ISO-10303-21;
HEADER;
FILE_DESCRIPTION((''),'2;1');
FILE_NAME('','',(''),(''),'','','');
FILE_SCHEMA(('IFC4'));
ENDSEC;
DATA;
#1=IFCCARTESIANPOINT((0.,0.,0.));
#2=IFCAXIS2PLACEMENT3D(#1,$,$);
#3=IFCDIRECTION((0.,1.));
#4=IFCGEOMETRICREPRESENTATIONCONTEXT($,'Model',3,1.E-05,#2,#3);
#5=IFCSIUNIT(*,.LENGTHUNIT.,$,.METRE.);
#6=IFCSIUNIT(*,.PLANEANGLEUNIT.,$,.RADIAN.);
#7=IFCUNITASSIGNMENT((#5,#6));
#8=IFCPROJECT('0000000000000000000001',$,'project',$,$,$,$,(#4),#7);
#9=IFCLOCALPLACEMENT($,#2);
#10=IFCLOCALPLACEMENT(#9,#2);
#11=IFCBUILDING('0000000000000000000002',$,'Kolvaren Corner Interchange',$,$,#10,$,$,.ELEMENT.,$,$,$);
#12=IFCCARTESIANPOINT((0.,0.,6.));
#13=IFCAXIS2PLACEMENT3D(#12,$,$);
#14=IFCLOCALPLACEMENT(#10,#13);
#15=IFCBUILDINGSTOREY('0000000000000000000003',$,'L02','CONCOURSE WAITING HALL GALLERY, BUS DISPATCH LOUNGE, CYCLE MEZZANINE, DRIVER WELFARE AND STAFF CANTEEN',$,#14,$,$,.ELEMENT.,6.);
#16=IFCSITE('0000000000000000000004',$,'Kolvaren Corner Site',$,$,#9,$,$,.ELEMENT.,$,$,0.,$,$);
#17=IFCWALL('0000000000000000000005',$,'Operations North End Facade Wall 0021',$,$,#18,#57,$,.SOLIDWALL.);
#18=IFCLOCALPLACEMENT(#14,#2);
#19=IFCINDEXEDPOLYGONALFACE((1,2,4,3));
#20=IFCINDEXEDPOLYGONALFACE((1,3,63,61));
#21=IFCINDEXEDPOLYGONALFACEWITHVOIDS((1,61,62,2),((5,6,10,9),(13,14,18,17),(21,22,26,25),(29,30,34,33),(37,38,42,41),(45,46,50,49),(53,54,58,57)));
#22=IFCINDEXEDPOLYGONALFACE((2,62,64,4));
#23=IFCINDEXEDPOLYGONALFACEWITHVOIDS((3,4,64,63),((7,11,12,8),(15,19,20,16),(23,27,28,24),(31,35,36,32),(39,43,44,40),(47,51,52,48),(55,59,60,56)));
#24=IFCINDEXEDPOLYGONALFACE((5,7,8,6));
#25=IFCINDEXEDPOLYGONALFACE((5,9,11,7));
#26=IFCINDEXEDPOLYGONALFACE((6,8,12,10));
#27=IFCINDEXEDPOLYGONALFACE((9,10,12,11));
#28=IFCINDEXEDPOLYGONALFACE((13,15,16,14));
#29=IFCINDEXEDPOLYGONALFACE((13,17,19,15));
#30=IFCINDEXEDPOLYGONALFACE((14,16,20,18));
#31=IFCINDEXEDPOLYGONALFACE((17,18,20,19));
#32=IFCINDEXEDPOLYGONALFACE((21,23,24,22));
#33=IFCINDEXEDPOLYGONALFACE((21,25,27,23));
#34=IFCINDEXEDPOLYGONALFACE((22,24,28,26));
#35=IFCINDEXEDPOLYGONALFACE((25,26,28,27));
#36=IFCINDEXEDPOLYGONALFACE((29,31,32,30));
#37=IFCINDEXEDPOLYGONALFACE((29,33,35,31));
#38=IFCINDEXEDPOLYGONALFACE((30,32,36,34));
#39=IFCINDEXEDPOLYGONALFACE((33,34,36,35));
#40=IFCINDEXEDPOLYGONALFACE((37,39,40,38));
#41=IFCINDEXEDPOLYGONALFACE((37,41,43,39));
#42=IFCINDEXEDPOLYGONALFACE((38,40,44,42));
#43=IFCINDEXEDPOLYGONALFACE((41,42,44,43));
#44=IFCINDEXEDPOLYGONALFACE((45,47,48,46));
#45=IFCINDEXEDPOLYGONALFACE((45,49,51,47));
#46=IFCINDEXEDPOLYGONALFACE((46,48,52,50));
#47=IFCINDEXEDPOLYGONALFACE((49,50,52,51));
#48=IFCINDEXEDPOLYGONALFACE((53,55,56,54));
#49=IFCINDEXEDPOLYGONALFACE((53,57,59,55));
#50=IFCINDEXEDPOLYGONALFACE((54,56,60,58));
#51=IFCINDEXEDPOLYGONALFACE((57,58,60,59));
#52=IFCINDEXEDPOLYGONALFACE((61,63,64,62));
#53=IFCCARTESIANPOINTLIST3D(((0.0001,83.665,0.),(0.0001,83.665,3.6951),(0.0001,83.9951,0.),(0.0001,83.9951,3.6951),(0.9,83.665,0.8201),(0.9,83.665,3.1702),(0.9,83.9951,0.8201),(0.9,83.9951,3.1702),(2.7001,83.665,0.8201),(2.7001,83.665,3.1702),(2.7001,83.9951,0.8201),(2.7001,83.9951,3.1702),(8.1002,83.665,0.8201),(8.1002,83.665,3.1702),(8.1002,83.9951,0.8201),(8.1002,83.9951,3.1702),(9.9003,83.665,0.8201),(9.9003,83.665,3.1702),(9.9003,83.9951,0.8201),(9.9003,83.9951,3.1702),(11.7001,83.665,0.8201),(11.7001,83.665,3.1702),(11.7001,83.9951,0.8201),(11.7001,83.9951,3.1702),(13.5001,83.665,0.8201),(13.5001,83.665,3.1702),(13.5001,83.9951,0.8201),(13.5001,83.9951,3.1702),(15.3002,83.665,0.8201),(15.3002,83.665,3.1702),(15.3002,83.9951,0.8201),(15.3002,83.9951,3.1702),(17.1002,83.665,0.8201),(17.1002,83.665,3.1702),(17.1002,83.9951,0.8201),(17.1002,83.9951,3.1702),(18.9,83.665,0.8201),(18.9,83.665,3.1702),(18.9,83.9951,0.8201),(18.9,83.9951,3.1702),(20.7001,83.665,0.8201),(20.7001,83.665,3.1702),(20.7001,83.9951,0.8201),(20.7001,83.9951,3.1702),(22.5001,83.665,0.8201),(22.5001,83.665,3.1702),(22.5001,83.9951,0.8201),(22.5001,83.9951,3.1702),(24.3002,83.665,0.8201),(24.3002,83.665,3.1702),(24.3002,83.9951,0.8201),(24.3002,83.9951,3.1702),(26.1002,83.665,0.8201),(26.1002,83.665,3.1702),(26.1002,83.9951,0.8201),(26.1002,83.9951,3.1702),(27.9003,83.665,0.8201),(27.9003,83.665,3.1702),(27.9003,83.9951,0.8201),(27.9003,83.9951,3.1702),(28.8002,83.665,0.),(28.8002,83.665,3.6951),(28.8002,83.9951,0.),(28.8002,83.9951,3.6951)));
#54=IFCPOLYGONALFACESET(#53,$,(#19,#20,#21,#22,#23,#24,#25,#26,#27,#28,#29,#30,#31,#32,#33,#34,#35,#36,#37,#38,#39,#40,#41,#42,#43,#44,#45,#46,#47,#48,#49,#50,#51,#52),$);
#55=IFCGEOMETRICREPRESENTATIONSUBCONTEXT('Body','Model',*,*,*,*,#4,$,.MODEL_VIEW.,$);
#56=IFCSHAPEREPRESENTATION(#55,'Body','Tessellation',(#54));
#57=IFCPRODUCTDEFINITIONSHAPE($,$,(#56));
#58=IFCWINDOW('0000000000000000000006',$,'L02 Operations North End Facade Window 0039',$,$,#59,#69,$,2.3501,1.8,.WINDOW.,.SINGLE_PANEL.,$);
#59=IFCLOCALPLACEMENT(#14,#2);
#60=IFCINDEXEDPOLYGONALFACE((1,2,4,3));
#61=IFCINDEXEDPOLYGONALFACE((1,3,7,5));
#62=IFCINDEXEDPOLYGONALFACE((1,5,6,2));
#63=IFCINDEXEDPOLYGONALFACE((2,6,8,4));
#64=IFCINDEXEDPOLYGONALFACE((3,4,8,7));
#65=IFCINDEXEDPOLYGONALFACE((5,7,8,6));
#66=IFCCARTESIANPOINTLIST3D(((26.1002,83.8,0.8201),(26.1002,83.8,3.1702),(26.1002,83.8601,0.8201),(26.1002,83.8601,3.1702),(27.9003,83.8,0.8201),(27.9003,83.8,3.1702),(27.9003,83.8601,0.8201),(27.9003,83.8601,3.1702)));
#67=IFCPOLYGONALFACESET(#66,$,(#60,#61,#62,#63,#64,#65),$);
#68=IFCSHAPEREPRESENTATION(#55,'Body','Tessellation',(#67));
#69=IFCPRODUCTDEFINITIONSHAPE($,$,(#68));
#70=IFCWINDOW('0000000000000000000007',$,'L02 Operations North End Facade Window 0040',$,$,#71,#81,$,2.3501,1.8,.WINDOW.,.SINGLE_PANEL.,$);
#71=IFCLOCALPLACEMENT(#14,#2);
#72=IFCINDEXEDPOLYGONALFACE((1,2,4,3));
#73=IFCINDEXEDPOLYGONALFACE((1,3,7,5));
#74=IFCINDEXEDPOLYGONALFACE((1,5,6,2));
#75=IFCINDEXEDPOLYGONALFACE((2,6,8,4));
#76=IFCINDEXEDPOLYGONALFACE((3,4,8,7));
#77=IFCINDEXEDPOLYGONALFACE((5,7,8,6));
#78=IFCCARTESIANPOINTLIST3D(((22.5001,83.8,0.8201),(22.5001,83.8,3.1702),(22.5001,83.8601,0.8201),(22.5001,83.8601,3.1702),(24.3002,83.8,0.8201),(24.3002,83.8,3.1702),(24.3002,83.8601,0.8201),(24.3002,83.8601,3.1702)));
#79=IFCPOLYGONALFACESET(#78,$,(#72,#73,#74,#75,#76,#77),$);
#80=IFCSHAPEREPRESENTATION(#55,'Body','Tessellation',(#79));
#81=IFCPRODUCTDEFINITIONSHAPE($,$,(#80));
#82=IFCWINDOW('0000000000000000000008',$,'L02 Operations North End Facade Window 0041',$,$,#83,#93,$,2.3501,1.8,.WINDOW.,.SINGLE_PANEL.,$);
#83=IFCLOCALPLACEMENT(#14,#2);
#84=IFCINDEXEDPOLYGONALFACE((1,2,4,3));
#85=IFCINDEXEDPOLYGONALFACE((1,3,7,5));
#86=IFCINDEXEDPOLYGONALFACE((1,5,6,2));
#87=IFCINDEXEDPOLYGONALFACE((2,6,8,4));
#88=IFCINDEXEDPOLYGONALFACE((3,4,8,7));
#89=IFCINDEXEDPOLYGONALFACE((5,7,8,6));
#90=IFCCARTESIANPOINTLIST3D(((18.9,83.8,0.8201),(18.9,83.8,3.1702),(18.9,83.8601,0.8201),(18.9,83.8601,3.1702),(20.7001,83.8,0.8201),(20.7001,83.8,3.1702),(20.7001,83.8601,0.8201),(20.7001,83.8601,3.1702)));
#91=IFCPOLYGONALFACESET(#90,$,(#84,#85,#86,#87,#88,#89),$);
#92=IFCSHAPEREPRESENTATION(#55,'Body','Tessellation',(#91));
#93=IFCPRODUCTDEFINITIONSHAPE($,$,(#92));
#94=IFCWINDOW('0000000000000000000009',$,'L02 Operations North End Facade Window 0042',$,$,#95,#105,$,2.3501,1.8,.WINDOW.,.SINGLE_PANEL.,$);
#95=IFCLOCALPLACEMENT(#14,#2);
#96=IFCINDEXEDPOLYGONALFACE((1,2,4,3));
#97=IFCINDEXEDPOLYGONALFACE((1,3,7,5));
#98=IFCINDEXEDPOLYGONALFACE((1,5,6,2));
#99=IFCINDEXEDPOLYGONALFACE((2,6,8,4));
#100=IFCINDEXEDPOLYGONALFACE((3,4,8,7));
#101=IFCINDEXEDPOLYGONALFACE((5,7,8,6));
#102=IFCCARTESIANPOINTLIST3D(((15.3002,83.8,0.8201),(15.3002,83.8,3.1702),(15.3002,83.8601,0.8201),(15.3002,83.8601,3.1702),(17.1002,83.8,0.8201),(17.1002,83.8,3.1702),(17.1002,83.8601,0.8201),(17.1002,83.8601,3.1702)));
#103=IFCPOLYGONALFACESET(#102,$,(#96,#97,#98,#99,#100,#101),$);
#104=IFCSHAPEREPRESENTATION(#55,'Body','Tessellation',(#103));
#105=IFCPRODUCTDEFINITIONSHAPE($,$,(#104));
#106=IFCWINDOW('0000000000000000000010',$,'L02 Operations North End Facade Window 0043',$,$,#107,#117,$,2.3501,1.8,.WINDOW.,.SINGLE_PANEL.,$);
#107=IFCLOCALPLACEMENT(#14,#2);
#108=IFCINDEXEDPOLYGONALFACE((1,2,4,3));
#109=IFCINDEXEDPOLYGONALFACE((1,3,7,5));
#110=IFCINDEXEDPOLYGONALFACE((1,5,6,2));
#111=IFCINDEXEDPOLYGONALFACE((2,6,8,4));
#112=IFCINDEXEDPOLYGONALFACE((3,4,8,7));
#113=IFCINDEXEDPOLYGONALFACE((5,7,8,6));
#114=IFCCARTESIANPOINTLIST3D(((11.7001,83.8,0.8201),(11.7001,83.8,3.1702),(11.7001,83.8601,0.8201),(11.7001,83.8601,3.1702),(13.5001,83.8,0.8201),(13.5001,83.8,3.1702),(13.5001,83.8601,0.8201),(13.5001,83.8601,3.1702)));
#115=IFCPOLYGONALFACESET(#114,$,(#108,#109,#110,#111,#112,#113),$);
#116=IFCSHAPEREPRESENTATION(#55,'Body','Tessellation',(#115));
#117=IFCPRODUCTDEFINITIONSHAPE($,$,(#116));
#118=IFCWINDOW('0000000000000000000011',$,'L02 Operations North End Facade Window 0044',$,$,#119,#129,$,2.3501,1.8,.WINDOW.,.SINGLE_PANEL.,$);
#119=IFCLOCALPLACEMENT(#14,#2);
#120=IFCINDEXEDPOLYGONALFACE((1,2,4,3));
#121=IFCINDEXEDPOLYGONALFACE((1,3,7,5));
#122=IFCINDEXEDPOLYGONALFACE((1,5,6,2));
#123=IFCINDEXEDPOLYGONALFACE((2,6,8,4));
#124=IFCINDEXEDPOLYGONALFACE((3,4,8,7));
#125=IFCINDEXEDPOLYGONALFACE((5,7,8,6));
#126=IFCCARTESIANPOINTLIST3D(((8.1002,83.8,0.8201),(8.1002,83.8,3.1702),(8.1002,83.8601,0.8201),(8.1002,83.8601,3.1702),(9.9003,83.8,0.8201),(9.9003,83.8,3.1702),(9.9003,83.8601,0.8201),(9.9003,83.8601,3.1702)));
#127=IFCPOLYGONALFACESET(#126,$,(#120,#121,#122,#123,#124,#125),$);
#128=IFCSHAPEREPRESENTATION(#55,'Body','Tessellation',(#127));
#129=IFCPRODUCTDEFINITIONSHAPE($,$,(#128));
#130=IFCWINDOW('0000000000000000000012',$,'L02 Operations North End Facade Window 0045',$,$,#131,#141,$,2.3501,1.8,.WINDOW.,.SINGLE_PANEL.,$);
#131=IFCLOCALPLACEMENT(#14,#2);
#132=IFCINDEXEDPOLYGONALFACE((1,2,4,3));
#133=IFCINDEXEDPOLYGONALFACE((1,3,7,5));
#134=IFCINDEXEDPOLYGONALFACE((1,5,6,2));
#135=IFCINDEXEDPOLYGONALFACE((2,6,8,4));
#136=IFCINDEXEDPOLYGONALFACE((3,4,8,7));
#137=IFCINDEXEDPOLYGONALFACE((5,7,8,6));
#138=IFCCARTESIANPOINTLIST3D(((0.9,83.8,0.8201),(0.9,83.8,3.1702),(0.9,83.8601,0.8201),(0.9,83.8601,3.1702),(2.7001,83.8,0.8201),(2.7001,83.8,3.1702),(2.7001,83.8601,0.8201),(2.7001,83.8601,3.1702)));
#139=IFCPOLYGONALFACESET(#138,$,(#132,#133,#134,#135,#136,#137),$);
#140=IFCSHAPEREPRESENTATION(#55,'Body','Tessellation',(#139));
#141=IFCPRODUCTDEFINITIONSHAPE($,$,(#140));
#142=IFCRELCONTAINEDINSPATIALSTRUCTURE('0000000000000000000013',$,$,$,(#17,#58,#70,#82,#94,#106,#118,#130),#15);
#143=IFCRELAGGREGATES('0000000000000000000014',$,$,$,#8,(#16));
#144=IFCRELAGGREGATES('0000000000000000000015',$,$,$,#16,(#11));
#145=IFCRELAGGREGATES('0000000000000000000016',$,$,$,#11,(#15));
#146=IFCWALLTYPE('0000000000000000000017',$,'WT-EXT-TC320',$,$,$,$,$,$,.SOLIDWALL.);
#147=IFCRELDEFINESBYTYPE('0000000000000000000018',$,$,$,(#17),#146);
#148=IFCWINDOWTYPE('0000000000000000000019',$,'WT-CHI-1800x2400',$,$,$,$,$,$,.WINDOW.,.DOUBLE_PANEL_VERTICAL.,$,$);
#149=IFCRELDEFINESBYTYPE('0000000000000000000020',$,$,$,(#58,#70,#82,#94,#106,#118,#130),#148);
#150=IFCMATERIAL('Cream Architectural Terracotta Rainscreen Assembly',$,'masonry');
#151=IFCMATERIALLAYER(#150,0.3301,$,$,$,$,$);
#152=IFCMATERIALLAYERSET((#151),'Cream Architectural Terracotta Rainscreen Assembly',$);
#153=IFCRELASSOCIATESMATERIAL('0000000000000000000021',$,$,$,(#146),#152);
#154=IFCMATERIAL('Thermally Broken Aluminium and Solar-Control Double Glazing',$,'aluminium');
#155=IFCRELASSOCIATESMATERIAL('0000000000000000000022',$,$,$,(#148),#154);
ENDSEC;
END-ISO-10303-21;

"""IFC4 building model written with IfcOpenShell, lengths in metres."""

from ifc_helpers import new_model, si_unit, direction, frame, frame_2d, origin, place, context, subcontext, project, spatial, rectangle, extrude, material, layer, layer_set, type_object, element, fill, save


model = new_model("IFC4")

# Units and contexts
model_context = context("Model", 3, precision=1e-05, world=origin(), true_north=direction((0.0, 1.0)))
body_context = subcontext(model_context, "Body", "Model", "MODEL_VIEW")
ifc_project = project(units=[si_unit("LENGTHUNIT", "METRE"), si_unit("PLANEANGLEUNIT", "RADIAN")], contexts=[model_context])

# Site, building, storey
site_placement = place(None, origin())
site = spatial("IfcSite", under=ifc_project, at=site_placement, Name="Kolvaren Corner Site", CompositionType="ELEMENT", RefElevation=0.0)
building_placement = place(site_placement, origin())
building = spatial("IfcBuilding", under=site, at=building_placement, Name="Kolvaren Corner Interchange", CompositionType="ELEMENT")
storey_placement = place(building_placement, frame((0.0, 0.0, 6.0)))
storey = spatial("IfcBuildingStorey", under=building, at=storey_placement, Name="L02", Description="CONCOURSE WAITING HALL GALLERY, BUS DISPATCH LOUNGE, CYCLE MEZZANINE, DRIVER WELFARE AND STAFF CANTEEN", CompositionType="ELEMENT", Elevation=6.0)

# Wall, openings, windows
ifc_material_1 = material(Name="Cream Architectural Terracotta Rainscreen Assembly", Category="masonry")
ifc_layer_1 = layer(ifc_material_1, 0.3301)
ifc_layer_set_1 = layer_set([ifc_layer_1], Name="Cream Architectural Terracotta Rainscreen Assembly")
wall_type_1 = type_object("IfcWallType", Name="WT-EXT-TC320", PredefinedType="SOLIDWALL", material=ifc_layer_set_1)
wall_1_placement = place(storey_placement, frame((28.8, 83.8301, 0.0), z_axis=(0.0, 0.0, 1.0), x_axis=(-1.0, 0.0, 0.0)))
wall_1 = element("IfcWall", 1, at=wall_1_placement, inside=storey, type_object=wall_type_1, Name="Operations North End Facade Wall 0021", PredefinedType="SOLIDWALL", context=body_context, shape_type="SweptSolid", body=[
    extrude(rectangle(XDim=28.8, YDim=0.3301, at=frame_2d((14.3999, 0.0))), origin(), (0.0, 0.0, 1.0), 3.6951),
])
opening_1_placement = place(wall_1_placement, frame((0.8999, 0.0, 0.8201)))
opening_1 = element("IfcOpeningElement", 2, at=opening_1_placement, cuts=wall_1, PredefinedType="OPENING", context=body_context, shape_type="SweptSolid", body=[
    extrude(rectangle(XDim=1.8, YDim=2.3501, at=frame_2d((0.8999, 1.175))), frame((0.0, 0.175, 0.0), z_axis=(0.0, -1.0, 0.0), x_axis=(1.0, 0.0, 0.0)), (0.0, 0.0, 1.0), 0.3501),
])
opening_2_placement = place(wall_1_placement, frame((4.5, 0.0, 0.8201)))
opening_2 = element("IfcOpeningElement", 3, at=opening_2_placement, cuts=wall_1, PredefinedType="OPENING", context=body_context, shape_type="SweptSolid", body=[
    extrude(rectangle(XDim=1.8, YDim=2.3501, at=frame_2d((0.8999, 1.175))), frame((0.0, 0.175, 0.0), z_axis=(0.0, -1.0, 0.0), x_axis=(1.0, 0.0, 0.0)), (0.0, 0.0, 1.0), 0.3501),
])
opening_3_placement = place(wall_1_placement, frame((8.1001, 0.0, 0.8201)))
opening_3 = element("IfcOpeningElement", 4, at=opening_3_placement, cuts=wall_1, PredefinedType="OPENING", context=body_context, shape_type="SweptSolid", body=[
    extrude(rectangle(XDim=1.8, YDim=2.3501, at=frame_2d((0.8999, 1.175))), frame((0.0, 0.175, 0.0), z_axis=(0.0, -1.0, 0.0), x_axis=(1.0, 0.0, 0.0)), (0.0, 0.0, 1.0), 0.3501),
])
opening_4_placement = place(wall_1_placement, frame((11.7, 0.0, 0.8201)))
opening_4 = element("IfcOpeningElement", 5, at=opening_4_placement, cuts=wall_1, PredefinedType="OPENING", context=body_context, shape_type="SweptSolid", body=[
    extrude(rectangle(XDim=1.8, YDim=2.3501, at=frame_2d((0.8999, 1.175))), frame((0.0, 0.175, 0.0), z_axis=(0.0, -1.0, 0.0), x_axis=(1.0, 0.0, 0.0)), (0.0, 0.0, 1.0), 0.3501),
])
opening_5_placement = place(wall_1_placement, frame((15.3, 0.0, 0.8201)))
opening_5 = element("IfcOpeningElement", 6, at=opening_5_placement, cuts=wall_1, PredefinedType="OPENING", context=body_context, shape_type="SweptSolid", body=[
    extrude(rectangle(XDim=1.8, YDim=2.3501, at=frame_2d((0.8999, 1.175))), frame((0.0, 0.175, 0.0), z_axis=(0.0, -1.0, 0.0), x_axis=(1.0, 0.0, 0.0)), (0.0, 0.0, 1.0), 0.3501),
])
opening_6_placement = place(wall_1_placement, frame((18.8999, 0.0, 0.8201)))
opening_6 = element("IfcOpeningElement", 7, at=opening_6_placement, cuts=wall_1, PredefinedType="OPENING", context=body_context, shape_type="SweptSolid", body=[
    extrude(rectangle(XDim=1.8, YDim=2.3501, at=frame_2d((0.8999, 1.175))), frame((0.0, 0.175, 0.0), z_axis=(0.0, -1.0, 0.0), x_axis=(1.0, 0.0, 0.0)), (0.0, 0.0, 1.0), 0.3501),
])
opening_7_placement = place(wall_1_placement, frame((26.1001, 0.0, 0.8201)))
opening_7 = element("IfcOpeningElement", 8, at=opening_7_placement, cuts=wall_1, PredefinedType="OPENING", context=body_context, shape_type="SweptSolid", body=[
    extrude(rectangle(XDim=1.8, YDim=2.3501, at=frame_2d((0.8999, 1.175))), frame((0.0, 0.175, 0.0), z_axis=(0.0, -1.0, 0.0), x_axis=(1.0, 0.0, 0.0)), (0.0, 0.0, 1.0), 0.3501),
])
ifc_material_2 = material(Name="Thermally Broken Aluminium and Solar-Control Double Glazing", Category="aluminium")
window_type_1 = type_object("IfcWindowType", Name="WT-CHI-1800x2400", PartitioningType="DOUBLE_PANEL_VERTICAL", PredefinedType="WINDOW", material=ifc_material_2)
window_1_placement = place(opening_1_placement, origin())
window_1 = element("IfcWindow", 9, at=window_1_placement, inside=storey, type_object=window_type_1, Name="L02 Operations North End Facade Window 0039", OverallHeight=2.3501, OverallWidth=1.8, PartitioningType="SINGLE_PANEL", PredefinedType="WINDOW", context=body_context, shape_type="SweptSolid", body=[
    extrude(rectangle(XDim=1.8, YDim=2.3501, at=frame_2d((0.8999, 1.175))), frame((0.0, 0.03, 0.0), z_axis=(0.0, -1.0, 0.0), x_axis=(1.0, 0.0, 0.0)), (0.0, 0.0, 1.0), 0.0601),
])
fill(opening_1, window_1)
window_2_placement = place(opening_2_placement, origin())
window_2 = element("IfcWindow", 10, at=window_2_placement, inside=storey, type_object=window_type_1, Name="L02 Operations North End Facade Window 0040", OverallHeight=2.3501, OverallWidth=1.8, PartitioningType="SINGLE_PANEL", PredefinedType="WINDOW", context=body_context, shape_type="SweptSolid", body=[
    extrude(rectangle(XDim=1.8, YDim=2.3501, at=frame_2d((0.8999, 1.175))), frame((0.0, 0.03, 0.0), z_axis=(0.0, -1.0, 0.0), x_axis=(1.0, 0.0, 0.0)), (0.0, 0.0, 1.0), 0.0601),
])
fill(opening_2, window_2)
window_3_placement = place(opening_3_placement, origin())
window_3 = element("IfcWindow", 11, at=window_3_placement, inside=storey, type_object=window_type_1, Name="L02 Operations North End Facade Window 0041", OverallHeight=2.3501, OverallWidth=1.8, PartitioningType="SINGLE_PANEL", PredefinedType="WINDOW", context=body_context, shape_type="SweptSolid", body=[
    extrude(rectangle(XDim=1.8, YDim=2.3501, at=frame_2d((0.8999, 1.175))), frame((0.0, 0.03, 0.0), z_axis=(0.0, -1.0, 0.0), x_axis=(1.0, 0.0, 0.0)), (0.0, 0.0, 1.0), 0.0601),
])
fill(opening_3, window_3)
window_4_placement = place(opening_4_placement, origin())
window_4 = element("IfcWindow", 12, at=window_4_placement, inside=storey, type_object=window_type_1, Name="L02 Operations North End Facade Window 0042", OverallHeight=2.3501, OverallWidth=1.8, PartitioningType="SINGLE_PANEL", PredefinedType="WINDOW", context=body_context, shape_type="SweptSolid", body=[
    extrude(rectangle(XDim=1.8, YDim=2.3501, at=frame_2d((0.8999, 1.175))), frame((0.0, 0.03, 0.0), z_axis=(0.0, -1.0, 0.0), x_axis=(1.0, 0.0, 0.0)), (0.0, 0.0, 1.0), 0.0601),
])
fill(opening_4, window_4)
window_5_placement = place(opening_5_placement, origin())
window_5 = element("IfcWindow", 13, at=window_5_placement, inside=storey, type_object=window_type_1, Name="L02 Operations North End Facade Window 0043", OverallHeight=2.3501, OverallWidth=1.8, PartitioningType="SINGLE_PANEL", PredefinedType="WINDOW", context=body_context, shape_type="SweptSolid", body=[
    extrude(rectangle(XDim=1.8, YDim=2.3501, at=frame_2d((0.8999, 1.175))), frame((0.0, 0.03, 0.0), z_axis=(0.0, -1.0, 0.0), x_axis=(1.0, 0.0, 0.0)), (0.0, 0.0, 1.0), 0.0601),
])
fill(opening_5, window_5)
window_6_placement = place(opening_6_placement, origin())
window_6 = element("IfcWindow", 14, at=window_6_placement, inside=storey, type_object=window_type_1, Name="L02 Operations North End Facade Window 0044", OverallHeight=2.3501, OverallWidth=1.8, PartitioningType="SINGLE_PANEL", PredefinedType="WINDOW", context=body_context, shape_type="SweptSolid", body=[
    extrude(rectangle(XDim=1.8, YDim=2.3501, at=frame_2d((0.8999, 1.175))), frame((0.0, 0.03, 0.0), z_axis=(0.0, -1.0, 0.0), x_axis=(1.0, 0.0, 0.0)), (0.0, 0.0, 1.0), 0.0601),
])
fill(opening_6, window_6)
window_7_placement = place(opening_7_placement, origin())
window_7 = element("IfcWindow", 15, at=window_7_placement, inside=storey, type_object=window_type_1, Name="L02 Operations North End Facade Window 0045", OverallHeight=2.3501, OverallWidth=1.8, PartitioningType="SINGLE_PANEL", PredefinedType="WINDOW", context=body_context, shape_type="SweptSolid", body=[
    extrude(rectangle(XDim=1.8, YDim=2.3501, at=frame_2d((0.8999, 1.175))), frame((0.0, 0.03, 0.0), z_axis=(0.0, -1.0, 0.0), x_axis=(1.0, 0.0, 0.0)), (0.0, 0.0, 1.0), 0.0601),
])
fill(opening_7, window_7)

save(model, "model.ifc")
